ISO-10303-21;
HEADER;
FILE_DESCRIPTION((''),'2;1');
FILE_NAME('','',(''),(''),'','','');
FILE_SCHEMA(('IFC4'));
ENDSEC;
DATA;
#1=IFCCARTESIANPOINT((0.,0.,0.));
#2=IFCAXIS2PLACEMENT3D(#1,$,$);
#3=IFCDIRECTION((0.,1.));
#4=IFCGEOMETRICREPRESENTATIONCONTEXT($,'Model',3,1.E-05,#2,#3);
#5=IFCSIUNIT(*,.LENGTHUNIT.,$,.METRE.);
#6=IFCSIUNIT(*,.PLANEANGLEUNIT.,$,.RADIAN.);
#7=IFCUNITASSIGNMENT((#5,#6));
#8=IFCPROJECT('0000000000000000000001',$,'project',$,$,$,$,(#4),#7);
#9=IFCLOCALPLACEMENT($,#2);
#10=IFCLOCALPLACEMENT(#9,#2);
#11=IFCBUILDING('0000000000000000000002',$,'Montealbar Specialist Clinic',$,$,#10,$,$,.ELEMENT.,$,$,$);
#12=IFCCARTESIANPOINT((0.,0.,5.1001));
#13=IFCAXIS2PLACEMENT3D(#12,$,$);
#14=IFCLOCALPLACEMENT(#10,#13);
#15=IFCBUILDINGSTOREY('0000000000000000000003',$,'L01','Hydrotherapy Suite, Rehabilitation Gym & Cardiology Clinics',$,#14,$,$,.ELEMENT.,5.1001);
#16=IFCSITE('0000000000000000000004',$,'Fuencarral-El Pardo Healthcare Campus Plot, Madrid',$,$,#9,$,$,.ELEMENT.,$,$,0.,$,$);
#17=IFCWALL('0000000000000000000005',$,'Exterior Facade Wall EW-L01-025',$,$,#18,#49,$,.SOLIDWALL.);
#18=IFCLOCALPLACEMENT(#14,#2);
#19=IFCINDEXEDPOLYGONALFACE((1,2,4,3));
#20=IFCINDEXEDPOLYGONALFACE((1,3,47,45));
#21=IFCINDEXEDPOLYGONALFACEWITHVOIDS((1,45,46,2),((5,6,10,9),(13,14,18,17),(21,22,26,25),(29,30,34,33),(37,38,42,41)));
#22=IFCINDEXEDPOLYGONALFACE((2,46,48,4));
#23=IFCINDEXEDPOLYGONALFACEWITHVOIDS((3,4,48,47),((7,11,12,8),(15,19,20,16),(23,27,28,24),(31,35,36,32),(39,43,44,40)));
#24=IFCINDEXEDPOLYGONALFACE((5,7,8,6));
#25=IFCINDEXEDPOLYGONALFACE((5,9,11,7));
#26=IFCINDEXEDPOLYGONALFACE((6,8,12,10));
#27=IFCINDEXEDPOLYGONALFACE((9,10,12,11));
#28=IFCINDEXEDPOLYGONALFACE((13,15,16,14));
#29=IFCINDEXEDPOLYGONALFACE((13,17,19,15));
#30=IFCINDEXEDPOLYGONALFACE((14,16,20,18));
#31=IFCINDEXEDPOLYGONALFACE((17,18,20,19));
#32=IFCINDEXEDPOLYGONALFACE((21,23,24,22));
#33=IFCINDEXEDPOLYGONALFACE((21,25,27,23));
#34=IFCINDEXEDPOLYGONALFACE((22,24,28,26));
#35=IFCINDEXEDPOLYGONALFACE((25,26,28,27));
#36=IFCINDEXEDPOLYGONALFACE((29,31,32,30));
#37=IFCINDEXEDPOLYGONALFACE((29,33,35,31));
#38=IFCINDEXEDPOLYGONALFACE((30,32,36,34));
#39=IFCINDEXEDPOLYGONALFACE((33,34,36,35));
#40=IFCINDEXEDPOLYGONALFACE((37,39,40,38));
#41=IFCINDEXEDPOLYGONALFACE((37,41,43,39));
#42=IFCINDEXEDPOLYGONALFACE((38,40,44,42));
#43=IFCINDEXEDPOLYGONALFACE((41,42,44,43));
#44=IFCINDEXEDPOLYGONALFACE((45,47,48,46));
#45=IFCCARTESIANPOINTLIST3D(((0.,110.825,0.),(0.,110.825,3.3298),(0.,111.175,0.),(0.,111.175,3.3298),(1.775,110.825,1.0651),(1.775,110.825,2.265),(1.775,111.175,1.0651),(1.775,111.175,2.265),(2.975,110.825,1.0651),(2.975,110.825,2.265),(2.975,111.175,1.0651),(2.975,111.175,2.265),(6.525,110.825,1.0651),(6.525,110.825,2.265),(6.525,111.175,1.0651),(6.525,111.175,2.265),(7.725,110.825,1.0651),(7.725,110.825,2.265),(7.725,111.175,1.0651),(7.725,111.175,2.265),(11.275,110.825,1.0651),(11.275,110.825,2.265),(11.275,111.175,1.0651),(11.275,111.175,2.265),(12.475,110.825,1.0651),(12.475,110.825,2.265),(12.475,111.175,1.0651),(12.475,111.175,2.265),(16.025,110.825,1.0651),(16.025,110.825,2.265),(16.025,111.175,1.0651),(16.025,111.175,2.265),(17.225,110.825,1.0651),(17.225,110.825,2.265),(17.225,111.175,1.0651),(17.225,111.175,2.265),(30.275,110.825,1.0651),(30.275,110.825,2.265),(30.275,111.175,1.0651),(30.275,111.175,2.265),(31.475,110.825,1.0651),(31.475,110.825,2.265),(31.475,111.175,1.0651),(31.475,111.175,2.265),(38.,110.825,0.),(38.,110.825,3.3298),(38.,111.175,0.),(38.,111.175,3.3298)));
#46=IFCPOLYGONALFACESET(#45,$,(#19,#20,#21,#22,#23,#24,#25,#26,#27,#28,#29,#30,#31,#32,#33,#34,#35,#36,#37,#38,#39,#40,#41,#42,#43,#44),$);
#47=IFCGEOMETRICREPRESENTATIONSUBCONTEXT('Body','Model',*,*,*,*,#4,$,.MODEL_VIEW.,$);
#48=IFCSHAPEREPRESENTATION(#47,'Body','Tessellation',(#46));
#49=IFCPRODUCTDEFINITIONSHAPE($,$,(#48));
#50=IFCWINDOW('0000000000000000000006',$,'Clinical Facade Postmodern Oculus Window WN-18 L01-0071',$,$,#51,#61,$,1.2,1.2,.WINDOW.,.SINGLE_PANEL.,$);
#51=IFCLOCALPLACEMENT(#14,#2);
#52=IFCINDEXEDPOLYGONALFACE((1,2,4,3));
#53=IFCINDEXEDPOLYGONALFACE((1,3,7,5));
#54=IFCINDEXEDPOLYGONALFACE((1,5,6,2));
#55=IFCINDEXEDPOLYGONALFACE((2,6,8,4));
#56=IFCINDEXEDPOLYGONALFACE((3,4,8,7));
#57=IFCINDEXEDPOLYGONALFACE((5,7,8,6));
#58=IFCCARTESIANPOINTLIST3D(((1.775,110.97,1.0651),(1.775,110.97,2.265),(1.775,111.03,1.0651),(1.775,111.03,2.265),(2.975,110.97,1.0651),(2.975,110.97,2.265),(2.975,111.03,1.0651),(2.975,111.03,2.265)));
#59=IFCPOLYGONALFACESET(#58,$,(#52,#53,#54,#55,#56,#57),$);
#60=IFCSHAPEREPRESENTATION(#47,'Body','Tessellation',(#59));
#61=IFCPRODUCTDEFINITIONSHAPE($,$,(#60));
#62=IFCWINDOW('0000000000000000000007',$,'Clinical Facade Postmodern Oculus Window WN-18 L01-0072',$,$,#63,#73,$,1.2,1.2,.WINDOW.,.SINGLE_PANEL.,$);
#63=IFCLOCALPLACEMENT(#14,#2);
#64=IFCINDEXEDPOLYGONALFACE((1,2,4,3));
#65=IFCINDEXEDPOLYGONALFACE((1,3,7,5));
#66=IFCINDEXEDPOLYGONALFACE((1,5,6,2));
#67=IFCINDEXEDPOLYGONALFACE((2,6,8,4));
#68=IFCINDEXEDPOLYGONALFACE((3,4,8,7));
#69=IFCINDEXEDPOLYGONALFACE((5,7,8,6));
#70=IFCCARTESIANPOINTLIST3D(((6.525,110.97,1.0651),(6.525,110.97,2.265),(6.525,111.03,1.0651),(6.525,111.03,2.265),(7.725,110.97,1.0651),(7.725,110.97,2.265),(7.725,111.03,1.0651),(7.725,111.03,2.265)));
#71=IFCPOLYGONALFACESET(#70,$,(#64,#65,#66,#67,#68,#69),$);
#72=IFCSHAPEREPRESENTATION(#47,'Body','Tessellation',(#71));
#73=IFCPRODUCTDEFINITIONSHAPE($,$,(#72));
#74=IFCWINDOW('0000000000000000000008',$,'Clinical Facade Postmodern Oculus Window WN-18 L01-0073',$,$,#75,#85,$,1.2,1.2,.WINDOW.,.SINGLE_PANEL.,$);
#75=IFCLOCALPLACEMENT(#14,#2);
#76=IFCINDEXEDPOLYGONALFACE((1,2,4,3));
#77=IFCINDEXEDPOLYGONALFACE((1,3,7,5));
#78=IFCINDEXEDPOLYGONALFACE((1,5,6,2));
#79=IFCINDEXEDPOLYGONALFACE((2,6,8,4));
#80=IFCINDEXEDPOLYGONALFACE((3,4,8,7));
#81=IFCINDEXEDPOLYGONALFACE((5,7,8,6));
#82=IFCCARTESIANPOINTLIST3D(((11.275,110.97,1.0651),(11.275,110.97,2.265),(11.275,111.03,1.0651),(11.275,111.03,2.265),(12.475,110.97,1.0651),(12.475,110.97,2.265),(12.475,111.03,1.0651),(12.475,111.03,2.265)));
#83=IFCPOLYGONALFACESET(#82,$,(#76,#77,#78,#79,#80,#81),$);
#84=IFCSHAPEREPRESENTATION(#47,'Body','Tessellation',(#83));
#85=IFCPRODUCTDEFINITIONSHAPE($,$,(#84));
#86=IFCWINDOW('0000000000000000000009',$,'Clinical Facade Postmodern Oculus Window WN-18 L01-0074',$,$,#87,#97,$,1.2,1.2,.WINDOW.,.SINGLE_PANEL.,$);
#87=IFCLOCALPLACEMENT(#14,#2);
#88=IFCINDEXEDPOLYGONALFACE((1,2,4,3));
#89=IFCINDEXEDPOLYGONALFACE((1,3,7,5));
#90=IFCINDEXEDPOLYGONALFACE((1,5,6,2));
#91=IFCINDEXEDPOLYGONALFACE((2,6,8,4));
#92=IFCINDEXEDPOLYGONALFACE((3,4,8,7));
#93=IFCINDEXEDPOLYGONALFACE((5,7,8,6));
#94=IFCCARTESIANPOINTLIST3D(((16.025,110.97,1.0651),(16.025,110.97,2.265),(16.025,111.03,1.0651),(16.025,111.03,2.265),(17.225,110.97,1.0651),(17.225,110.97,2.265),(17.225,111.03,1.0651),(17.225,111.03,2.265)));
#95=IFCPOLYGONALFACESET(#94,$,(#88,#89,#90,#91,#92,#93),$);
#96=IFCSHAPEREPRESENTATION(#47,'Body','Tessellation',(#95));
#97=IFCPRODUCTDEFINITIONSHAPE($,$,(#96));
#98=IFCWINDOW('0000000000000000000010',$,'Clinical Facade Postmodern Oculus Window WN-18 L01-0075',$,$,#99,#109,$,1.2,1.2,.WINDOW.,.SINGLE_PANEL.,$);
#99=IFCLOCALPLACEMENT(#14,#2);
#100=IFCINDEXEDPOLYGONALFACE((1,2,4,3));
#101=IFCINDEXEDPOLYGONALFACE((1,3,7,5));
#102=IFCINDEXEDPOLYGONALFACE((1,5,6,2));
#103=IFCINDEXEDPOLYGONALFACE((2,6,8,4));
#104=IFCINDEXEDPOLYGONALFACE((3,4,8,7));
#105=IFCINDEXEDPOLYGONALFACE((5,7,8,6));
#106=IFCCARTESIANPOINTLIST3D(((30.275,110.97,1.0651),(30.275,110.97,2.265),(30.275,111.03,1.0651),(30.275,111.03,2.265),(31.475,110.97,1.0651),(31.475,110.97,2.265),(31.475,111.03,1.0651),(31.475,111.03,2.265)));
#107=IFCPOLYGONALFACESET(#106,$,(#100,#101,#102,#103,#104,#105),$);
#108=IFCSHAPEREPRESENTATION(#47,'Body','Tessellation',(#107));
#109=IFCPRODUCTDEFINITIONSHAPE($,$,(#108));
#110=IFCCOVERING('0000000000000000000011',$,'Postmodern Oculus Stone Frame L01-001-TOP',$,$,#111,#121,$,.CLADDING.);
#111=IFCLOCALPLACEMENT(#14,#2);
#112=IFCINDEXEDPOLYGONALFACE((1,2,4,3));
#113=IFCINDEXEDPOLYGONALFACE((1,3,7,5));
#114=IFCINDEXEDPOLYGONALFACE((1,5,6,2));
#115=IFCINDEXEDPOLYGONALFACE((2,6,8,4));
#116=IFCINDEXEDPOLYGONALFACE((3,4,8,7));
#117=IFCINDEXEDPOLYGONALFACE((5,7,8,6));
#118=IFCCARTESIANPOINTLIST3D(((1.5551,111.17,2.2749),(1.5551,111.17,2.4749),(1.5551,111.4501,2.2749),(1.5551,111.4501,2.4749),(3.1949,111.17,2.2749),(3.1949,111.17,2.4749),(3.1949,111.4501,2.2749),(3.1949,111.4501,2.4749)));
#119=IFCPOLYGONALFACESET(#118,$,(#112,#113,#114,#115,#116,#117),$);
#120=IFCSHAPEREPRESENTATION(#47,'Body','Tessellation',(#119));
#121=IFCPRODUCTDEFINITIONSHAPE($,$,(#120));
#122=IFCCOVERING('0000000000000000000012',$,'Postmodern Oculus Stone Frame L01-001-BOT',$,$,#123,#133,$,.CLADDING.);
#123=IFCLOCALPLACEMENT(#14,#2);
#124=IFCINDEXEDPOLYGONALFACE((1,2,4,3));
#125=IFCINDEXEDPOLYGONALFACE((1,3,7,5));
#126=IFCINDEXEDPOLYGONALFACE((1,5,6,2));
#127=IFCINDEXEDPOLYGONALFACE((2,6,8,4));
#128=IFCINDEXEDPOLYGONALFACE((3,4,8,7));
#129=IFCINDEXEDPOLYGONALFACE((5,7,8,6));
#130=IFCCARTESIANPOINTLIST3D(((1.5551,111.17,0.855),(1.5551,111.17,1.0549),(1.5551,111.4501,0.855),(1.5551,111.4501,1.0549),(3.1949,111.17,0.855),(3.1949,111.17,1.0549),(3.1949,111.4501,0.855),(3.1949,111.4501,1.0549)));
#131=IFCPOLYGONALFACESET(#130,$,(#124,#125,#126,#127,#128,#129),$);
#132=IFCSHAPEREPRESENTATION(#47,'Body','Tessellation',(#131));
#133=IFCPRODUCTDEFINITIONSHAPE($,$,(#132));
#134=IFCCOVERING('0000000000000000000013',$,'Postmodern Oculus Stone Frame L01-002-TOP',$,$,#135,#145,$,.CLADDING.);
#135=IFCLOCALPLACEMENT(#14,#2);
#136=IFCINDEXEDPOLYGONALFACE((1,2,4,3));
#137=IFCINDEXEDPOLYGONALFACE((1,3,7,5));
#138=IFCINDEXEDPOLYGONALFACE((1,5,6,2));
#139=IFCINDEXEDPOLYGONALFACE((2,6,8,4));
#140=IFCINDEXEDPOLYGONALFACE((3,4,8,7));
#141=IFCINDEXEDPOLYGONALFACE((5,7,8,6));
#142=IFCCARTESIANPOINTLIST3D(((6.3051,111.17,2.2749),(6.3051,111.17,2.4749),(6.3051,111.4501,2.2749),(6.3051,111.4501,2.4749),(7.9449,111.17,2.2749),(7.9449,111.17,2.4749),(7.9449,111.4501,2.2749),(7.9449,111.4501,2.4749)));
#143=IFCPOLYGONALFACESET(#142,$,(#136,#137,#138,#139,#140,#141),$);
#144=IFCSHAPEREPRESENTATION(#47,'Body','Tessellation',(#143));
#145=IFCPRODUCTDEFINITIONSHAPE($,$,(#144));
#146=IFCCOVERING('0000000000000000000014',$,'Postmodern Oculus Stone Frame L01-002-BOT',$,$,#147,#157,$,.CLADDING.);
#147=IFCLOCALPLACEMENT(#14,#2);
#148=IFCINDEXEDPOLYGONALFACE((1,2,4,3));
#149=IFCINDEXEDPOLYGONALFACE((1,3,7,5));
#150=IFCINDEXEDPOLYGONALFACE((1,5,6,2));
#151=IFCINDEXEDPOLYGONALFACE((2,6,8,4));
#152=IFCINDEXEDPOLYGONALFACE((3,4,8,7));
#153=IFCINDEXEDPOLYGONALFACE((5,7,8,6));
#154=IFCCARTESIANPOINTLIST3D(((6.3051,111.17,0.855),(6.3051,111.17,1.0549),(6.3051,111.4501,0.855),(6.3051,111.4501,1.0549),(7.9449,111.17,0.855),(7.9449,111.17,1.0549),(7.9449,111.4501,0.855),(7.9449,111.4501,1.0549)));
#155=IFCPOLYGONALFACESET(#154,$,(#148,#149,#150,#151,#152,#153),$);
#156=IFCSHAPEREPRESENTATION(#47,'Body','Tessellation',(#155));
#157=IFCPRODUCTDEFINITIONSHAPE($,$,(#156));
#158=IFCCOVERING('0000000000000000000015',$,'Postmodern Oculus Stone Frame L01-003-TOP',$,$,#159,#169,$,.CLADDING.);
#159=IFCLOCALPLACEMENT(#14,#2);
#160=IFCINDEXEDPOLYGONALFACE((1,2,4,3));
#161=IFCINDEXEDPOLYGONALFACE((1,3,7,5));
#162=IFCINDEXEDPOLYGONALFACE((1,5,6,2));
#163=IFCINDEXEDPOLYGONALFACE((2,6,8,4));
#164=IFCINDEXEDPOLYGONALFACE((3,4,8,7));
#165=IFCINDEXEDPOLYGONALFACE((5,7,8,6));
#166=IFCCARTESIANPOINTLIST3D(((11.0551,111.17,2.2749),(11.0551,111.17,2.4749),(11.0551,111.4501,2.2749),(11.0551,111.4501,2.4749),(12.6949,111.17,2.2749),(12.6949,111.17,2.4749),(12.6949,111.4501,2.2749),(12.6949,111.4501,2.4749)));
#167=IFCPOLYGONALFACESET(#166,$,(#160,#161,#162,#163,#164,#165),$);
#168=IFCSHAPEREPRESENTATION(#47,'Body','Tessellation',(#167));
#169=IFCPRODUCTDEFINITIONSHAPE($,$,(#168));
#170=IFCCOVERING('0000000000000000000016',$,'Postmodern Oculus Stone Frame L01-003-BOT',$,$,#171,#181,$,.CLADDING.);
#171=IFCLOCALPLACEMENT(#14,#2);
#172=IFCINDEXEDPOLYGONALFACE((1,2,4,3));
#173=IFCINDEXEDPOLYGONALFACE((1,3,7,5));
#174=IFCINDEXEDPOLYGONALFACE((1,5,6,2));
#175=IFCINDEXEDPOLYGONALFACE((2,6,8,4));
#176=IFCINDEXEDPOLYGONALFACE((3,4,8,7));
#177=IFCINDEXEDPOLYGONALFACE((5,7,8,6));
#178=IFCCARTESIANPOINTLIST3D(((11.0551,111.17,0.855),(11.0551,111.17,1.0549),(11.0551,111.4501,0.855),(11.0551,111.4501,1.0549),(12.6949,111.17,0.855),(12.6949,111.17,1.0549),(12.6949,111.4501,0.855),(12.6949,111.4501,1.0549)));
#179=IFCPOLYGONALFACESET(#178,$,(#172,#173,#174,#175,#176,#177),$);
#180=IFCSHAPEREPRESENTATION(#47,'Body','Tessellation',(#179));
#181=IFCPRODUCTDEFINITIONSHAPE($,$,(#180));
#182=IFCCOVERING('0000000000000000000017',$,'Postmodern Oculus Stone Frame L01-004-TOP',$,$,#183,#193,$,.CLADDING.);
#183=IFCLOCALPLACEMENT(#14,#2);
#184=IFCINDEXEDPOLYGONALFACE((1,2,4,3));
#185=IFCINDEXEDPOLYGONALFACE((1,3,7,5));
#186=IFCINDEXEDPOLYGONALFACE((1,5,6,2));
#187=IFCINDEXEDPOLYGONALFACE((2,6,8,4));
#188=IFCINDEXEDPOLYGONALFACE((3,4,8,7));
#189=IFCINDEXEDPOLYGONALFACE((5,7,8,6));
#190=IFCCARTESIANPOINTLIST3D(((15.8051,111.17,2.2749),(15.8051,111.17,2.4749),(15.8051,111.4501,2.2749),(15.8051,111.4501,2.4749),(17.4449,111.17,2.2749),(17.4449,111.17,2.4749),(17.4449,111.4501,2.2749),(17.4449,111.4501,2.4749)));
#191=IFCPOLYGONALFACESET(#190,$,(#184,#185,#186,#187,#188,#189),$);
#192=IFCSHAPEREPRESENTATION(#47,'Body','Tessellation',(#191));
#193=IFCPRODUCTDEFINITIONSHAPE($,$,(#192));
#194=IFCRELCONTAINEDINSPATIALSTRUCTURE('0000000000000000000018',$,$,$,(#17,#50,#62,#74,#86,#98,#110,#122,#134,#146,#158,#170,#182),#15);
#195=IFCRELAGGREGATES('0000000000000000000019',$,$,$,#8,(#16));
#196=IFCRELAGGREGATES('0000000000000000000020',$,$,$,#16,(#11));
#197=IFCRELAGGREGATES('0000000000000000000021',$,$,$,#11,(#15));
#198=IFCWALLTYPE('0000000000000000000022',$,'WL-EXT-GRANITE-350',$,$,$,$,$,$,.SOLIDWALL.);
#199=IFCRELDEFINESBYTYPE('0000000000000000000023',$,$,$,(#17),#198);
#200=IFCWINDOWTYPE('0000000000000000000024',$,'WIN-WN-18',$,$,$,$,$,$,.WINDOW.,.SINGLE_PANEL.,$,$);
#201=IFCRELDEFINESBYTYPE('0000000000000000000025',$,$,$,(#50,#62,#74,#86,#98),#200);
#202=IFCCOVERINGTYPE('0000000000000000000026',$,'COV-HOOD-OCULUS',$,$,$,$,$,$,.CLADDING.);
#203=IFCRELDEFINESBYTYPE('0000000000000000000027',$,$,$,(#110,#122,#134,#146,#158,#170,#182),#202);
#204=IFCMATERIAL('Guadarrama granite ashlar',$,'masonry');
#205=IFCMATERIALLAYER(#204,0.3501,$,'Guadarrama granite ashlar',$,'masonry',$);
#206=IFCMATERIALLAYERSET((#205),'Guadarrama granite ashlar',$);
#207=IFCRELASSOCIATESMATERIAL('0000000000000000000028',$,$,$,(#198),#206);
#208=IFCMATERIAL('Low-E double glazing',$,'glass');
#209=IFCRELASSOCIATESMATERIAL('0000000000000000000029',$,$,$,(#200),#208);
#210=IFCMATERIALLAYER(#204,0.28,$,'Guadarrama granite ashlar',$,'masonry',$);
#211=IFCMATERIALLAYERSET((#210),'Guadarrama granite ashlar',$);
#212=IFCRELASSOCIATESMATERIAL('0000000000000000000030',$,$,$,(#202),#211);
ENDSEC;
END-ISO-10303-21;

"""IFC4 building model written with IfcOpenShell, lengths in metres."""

from ifc_helpers import new_model, si_unit, direction, frame, frame_2d, origin, origin_2d, place, context, subcontext, project, spatial, rectangle, extrude, material, layer, layer_set, type_object, element, fill, save


model = new_model("IFC4")

# Units and contexts
model_context = context("Model", 3, precision=1e-05, world=origin(), true_north=direction((0.0, 1.0)))
body_context = subcontext(model_context, "Body", "Model", "MODEL_VIEW")
ifc_project = project(units=[si_unit("LENGTHUNIT", "METRE"), si_unit("PLANEANGLEUNIT", "RADIAN")], contexts=[model_context])

# Site, building, storey
site_placement = place(None, origin())
site = spatial("IfcSite", under=ifc_project, at=site_placement, Name="Fuencarral-El Pardo Healthcare Campus Plot, Madrid", CompositionType="ELEMENT", RefElevation=0.0)
building_placement = place(site_placement, origin())
building = spatial("IfcBuilding", under=site, at=building_placement, Name="Montealbar Specialist Clinic", CompositionType="ELEMENT")
storey_placement = place(building_placement, frame((0.0, 0.0, 5.1001)))
storey = spatial("IfcBuildingStorey", under=building, at=storey_placement, Name="L01", Description="Hydrotherapy Suite, Rehabilitation Gym & Cardiology Clinics", CompositionType="ELEMENT", Elevation=5.1001)

# Shared definitions
ifc_material_1 = material(Name="Guadarrama granite ashlar", Category="masonry")

# Shared definitions
ifc_layer_1 = layer(ifc_material_1, 0.3501, Name="Guadarrama granite ashlar", Category="masonry")
ifc_layer_set_1 = layer_set([ifc_layer_1], Name="Guadarrama granite ashlar")
wall_type = type_object("IfcWallType", Name="WL-EXT-GRANITE-350", PredefinedType="SOLIDWALL", material=ifc_layer_set_1)
ifc_material_2 = material(Name="Low-E double glazing", Category="glass")

# Wall, openings, windows
wall_1_placement = place(storey_placement, frame((0.0, 111.0, 0.0), z_axis=(0.0, 0.0, 1.0), x_axis=(1.0, 0.0, 0.0)))
wall_1 = element("IfcWall", 1, at=wall_1_placement, inside=storey, type_object=wall_type, Name="Exterior Facade Wall EW-L01-025", PredefinedType="SOLIDWALL", context=body_context, shape_type="SweptSolid", body=[
    extrude(rectangle(XDim=38.0, YDim=0.3501, at=frame_2d((19.0, 0.0))), origin(), (0.0, 0.0, 1.0), 3.3298),
])
opening_1_placement = place(wall_1_placement, frame((1.7749, 0.0, 1.0649)))
opening_1 = element("IfcOpeningElement", 2, at=opening_1_placement, cuts=wall_1, PredefinedType="OPENING", context=body_context, shape_type="SweptSolid", body=[
    extrude(rectangle(XDim=1.2, YDim=1.2, at=frame_2d((0.6001, 0.6001))), frame((0.0, 0.1851, 0.0), z_axis=(0.0, -1.0, 0.0), x_axis=(1.0, 0.0, 0.0)), (0.0, 0.0, 1.0), 0.3701),
])
opening_2_placement = place(wall_1_placement, frame((6.5249, 0.0, 1.0649)))
opening_2 = element("IfcOpeningElement", 3, at=opening_2_placement, cuts=wall_1, PredefinedType="OPENING", context=body_context, shape_type="SweptSolid", body=[
    extrude(rectangle(XDim=1.2, YDim=1.2, at=frame_2d((0.6001, 0.6001))), frame((0.0, 0.1851, 0.0), z_axis=(0.0, -1.0, 0.0), x_axis=(1.0, 0.0, 0.0)), (0.0, 0.0, 1.0), 0.3701),
])
opening_3_placement = place(wall_1_placement, frame((11.2749, 0.0, 1.0649)))
opening_3 = element("IfcOpeningElement", 4, at=opening_3_placement, cuts=wall_1, PredefinedType="OPENING", context=body_context, shape_type="SweptSolid", body=[
    extrude(rectangle(XDim=1.2, YDim=1.2, at=frame_2d((0.6001, 0.6001))), frame((0.0, 0.1851, 0.0), z_axis=(0.0, -1.0, 0.0), x_axis=(1.0, 0.0, 0.0)), (0.0, 0.0, 1.0), 0.3701),
])
opening_4_placement = place(wall_1_placement, frame((16.0249, 0.0, 1.0649)))
opening_4 = element("IfcOpeningElement", 5, at=opening_4_placement, cuts=wall_1, PredefinedType="OPENING", context=body_context, shape_type="SweptSolid", body=[
    extrude(rectangle(XDim=1.2, YDim=1.2, at=frame_2d((0.6001, 0.6001))), frame((0.0, 0.1851, 0.0), z_axis=(0.0, -1.0, 0.0), x_axis=(1.0, 0.0, 0.0)), (0.0, 0.0, 1.0), 0.3701),
])
opening_5_placement = place(wall_1_placement, frame((30.2749, 0.0, 1.0649)))
opening_5 = element("IfcOpeningElement", 6, at=opening_5_placement, cuts=wall_1, PredefinedType="OPENING", context=body_context, shape_type="SweptSolid", body=[
    extrude(rectangle(XDim=1.2, YDim=1.2, at=frame_2d((0.6001, 0.6001))), frame((0.0, 0.1851, 0.0), z_axis=(0.0, -1.0, 0.0), x_axis=(1.0, 0.0, 0.0)), (0.0, 0.0, 1.0), 0.3701),
])
window_type_1 = type_object("IfcWindowType", Name="WIN-WN-18", PartitioningType="SINGLE_PANEL", PredefinedType="WINDOW", material=ifc_material_2)
window_1_placement = place(opening_1_placement, origin())
window_1 = element("IfcWindow", 7, at=window_1_placement, inside=storey, type_object=window_type_1, Name="Clinical Facade Postmodern Oculus Window WN-18 L01-0071", OverallHeight=1.2, OverallWidth=1.2, PartitioningType="SINGLE_PANEL", PredefinedType="WINDOW", context=body_context, shape_type="SweptSolid", body=[
    extrude(rectangle(XDim=1.2, YDim=1.2, at=frame_2d((0.6001, 0.6001))), frame((0.0, 0.03, 0.0), z_axis=(0.0, -1.0, 0.0), x_axis=(1.0, 0.0, 0.0)), (0.0, 0.0, 1.0), 0.0601),
])
fill(opening_1, window_1)
window_2_placement = place(opening_2_placement, origin())
window_2 = element("IfcWindow", 8, at=window_2_placement, inside=storey, type_object=window_type_1, Name="Clinical Facade Postmodern Oculus Window WN-18 L01-0072", OverallHeight=1.2, OverallWidth=1.2, PartitioningType="SINGLE_PANEL", PredefinedType="WINDOW", context=body_context, shape_type="SweptSolid", body=[
    extrude(rectangle(XDim=1.2, YDim=1.2, at=frame_2d((0.6001, 0.6001))), frame((0.0, 0.03, 0.0), z_axis=(0.0, -1.0, 0.0), x_axis=(1.0, 0.0, 0.0)), (0.0, 0.0, 1.0), 0.0601),
])
fill(opening_2, window_2)
window_3_placement = place(opening_3_placement, origin())
window_3 = element("IfcWindow", 9, at=window_3_placement, inside=storey, type_object=window_type_1, Name="Clinical Facade Postmodern Oculus Window WN-18 L01-0073", OverallHeight=1.2, OverallWidth=1.2, PartitioningType="SINGLE_PANEL", PredefinedType="WINDOW", context=body_context, shape_type="SweptSolid", body=[
    extrude(rectangle(XDim=1.2, YDim=1.2, at=frame_2d((0.6001, 0.6001))), frame((0.0, 0.03, 0.0), z_axis=(0.0, -1.0, 0.0), x_axis=(1.0, 0.0, 0.0)), (0.0, 0.0, 1.0), 0.0601),
])
fill(opening_3, window_3)
window_4_placement = place(opening_4_placement, origin())
window_4 = element("IfcWindow", 10, at=window_4_placement, inside=storey, type_object=window_type_1, Name="Clinical Facade Postmodern Oculus Window WN-18 L01-0074", OverallHeight=1.2, OverallWidth=1.2, PartitioningType="SINGLE_PANEL", PredefinedType="WINDOW", context=body_context, shape_type="SweptSolid", body=[
    extrude(rectangle(XDim=1.2, YDim=1.2, at=frame_2d((0.6001, 0.6001))), frame((0.0, 0.03, 0.0), z_axis=(0.0, -1.0, 0.0), x_axis=(1.0, 0.0, 0.0)), (0.0, 0.0, 1.0), 0.0601),
])
fill(opening_4, window_4)
window_5_placement = place(opening_5_placement, origin())
window_5 = element("IfcWindow", 11, at=window_5_placement, inside=storey, type_object=window_type_1, Name="Clinical Facade Postmodern Oculus Window WN-18 L01-0075", OverallHeight=1.2, OverallWidth=1.2, PartitioningType="SINGLE_PANEL", PredefinedType="WINDOW", context=body_context, shape_type="SweptSolid", body=[
    extrude(rectangle(XDim=1.2, YDim=1.2, at=frame_2d((0.6001, 0.6001))), frame((0.0, 0.03, 0.0), z_axis=(0.0, -1.0, 0.0), x_axis=(1.0, 0.0, 0.0)), (0.0, 0.0, 1.0), 0.0601),
])
fill(opening_5, window_5)

# Coverings
ifc_layer_2 = layer(ifc_material_1, 0.28, Name="Guadarrama granite ashlar", Category="masonry")
ifc_layer_set_2 = layer_set([ifc_layer_2], Name="Guadarrama granite ashlar")
covering_type = type_object("IfcCoveringType", Name="COV-HOOD-OCULUS", PredefinedType="CLADDING", material=ifc_layer_set_2)
for number, where, z_axis, x_axis, name in (
    (12, (2.375, 111.3101, 2.2749), (0.0, 0.0, 1.0), (1.0, 0.0, 0.0), "Postmodern Oculus Stone Frame L01-001-TOP"),
    (13, (2.375, 111.3101, 0.855), (0.0, 0.0, 1.0), (1.0, 0.0, 0.0), "Postmodern Oculus Stone Frame L01-001-BOT"),
    (14, (7.125, 111.3101, 2.2749), (0.0, 0.0, 1.0), (1.0, 0.0, 0.0), "Postmodern Oculus Stone Frame L01-002-TOP"),
    (15, (7.125, 111.3101, 0.855), (0.0, 0.0, 1.0), (1.0, 0.0, 0.0), "Postmodern Oculus Stone Frame L01-002-BOT"),
    (16, (11.875, 111.3101, 2.2749), (0.0, 0.0, 1.0), (1.0, 0.0, 0.0), "Postmodern Oculus Stone Frame L01-003-TOP"),
    (17, (11.875, 111.3101, 0.855), (0.0, 0.0, 1.0), (1.0, 0.0, 0.0), "Postmodern Oculus Stone Frame L01-003-BOT"),
    (18, (16.625, 111.3101, 2.2749), (0.0, 0.0, 1.0), (1.0, 0.0, 0.0), "Postmodern Oculus Stone Frame L01-004-TOP"),
):
    element("IfcCovering", number, at=place(storey_placement, frame(where, z_axis=z_axis, x_axis=x_axis)), inside=storey, type_object=covering_type, Name=name, PredefinedType="CLADDING", context=body_context, shape_type="SweptSolid", body=[
        extrude(rectangle(XDim=1.6399, YDim=0.28, at=origin_2d()), origin(), (0.0, 0.0, 1.0), 0.2),
    ])

save(model, "model.ifc")
